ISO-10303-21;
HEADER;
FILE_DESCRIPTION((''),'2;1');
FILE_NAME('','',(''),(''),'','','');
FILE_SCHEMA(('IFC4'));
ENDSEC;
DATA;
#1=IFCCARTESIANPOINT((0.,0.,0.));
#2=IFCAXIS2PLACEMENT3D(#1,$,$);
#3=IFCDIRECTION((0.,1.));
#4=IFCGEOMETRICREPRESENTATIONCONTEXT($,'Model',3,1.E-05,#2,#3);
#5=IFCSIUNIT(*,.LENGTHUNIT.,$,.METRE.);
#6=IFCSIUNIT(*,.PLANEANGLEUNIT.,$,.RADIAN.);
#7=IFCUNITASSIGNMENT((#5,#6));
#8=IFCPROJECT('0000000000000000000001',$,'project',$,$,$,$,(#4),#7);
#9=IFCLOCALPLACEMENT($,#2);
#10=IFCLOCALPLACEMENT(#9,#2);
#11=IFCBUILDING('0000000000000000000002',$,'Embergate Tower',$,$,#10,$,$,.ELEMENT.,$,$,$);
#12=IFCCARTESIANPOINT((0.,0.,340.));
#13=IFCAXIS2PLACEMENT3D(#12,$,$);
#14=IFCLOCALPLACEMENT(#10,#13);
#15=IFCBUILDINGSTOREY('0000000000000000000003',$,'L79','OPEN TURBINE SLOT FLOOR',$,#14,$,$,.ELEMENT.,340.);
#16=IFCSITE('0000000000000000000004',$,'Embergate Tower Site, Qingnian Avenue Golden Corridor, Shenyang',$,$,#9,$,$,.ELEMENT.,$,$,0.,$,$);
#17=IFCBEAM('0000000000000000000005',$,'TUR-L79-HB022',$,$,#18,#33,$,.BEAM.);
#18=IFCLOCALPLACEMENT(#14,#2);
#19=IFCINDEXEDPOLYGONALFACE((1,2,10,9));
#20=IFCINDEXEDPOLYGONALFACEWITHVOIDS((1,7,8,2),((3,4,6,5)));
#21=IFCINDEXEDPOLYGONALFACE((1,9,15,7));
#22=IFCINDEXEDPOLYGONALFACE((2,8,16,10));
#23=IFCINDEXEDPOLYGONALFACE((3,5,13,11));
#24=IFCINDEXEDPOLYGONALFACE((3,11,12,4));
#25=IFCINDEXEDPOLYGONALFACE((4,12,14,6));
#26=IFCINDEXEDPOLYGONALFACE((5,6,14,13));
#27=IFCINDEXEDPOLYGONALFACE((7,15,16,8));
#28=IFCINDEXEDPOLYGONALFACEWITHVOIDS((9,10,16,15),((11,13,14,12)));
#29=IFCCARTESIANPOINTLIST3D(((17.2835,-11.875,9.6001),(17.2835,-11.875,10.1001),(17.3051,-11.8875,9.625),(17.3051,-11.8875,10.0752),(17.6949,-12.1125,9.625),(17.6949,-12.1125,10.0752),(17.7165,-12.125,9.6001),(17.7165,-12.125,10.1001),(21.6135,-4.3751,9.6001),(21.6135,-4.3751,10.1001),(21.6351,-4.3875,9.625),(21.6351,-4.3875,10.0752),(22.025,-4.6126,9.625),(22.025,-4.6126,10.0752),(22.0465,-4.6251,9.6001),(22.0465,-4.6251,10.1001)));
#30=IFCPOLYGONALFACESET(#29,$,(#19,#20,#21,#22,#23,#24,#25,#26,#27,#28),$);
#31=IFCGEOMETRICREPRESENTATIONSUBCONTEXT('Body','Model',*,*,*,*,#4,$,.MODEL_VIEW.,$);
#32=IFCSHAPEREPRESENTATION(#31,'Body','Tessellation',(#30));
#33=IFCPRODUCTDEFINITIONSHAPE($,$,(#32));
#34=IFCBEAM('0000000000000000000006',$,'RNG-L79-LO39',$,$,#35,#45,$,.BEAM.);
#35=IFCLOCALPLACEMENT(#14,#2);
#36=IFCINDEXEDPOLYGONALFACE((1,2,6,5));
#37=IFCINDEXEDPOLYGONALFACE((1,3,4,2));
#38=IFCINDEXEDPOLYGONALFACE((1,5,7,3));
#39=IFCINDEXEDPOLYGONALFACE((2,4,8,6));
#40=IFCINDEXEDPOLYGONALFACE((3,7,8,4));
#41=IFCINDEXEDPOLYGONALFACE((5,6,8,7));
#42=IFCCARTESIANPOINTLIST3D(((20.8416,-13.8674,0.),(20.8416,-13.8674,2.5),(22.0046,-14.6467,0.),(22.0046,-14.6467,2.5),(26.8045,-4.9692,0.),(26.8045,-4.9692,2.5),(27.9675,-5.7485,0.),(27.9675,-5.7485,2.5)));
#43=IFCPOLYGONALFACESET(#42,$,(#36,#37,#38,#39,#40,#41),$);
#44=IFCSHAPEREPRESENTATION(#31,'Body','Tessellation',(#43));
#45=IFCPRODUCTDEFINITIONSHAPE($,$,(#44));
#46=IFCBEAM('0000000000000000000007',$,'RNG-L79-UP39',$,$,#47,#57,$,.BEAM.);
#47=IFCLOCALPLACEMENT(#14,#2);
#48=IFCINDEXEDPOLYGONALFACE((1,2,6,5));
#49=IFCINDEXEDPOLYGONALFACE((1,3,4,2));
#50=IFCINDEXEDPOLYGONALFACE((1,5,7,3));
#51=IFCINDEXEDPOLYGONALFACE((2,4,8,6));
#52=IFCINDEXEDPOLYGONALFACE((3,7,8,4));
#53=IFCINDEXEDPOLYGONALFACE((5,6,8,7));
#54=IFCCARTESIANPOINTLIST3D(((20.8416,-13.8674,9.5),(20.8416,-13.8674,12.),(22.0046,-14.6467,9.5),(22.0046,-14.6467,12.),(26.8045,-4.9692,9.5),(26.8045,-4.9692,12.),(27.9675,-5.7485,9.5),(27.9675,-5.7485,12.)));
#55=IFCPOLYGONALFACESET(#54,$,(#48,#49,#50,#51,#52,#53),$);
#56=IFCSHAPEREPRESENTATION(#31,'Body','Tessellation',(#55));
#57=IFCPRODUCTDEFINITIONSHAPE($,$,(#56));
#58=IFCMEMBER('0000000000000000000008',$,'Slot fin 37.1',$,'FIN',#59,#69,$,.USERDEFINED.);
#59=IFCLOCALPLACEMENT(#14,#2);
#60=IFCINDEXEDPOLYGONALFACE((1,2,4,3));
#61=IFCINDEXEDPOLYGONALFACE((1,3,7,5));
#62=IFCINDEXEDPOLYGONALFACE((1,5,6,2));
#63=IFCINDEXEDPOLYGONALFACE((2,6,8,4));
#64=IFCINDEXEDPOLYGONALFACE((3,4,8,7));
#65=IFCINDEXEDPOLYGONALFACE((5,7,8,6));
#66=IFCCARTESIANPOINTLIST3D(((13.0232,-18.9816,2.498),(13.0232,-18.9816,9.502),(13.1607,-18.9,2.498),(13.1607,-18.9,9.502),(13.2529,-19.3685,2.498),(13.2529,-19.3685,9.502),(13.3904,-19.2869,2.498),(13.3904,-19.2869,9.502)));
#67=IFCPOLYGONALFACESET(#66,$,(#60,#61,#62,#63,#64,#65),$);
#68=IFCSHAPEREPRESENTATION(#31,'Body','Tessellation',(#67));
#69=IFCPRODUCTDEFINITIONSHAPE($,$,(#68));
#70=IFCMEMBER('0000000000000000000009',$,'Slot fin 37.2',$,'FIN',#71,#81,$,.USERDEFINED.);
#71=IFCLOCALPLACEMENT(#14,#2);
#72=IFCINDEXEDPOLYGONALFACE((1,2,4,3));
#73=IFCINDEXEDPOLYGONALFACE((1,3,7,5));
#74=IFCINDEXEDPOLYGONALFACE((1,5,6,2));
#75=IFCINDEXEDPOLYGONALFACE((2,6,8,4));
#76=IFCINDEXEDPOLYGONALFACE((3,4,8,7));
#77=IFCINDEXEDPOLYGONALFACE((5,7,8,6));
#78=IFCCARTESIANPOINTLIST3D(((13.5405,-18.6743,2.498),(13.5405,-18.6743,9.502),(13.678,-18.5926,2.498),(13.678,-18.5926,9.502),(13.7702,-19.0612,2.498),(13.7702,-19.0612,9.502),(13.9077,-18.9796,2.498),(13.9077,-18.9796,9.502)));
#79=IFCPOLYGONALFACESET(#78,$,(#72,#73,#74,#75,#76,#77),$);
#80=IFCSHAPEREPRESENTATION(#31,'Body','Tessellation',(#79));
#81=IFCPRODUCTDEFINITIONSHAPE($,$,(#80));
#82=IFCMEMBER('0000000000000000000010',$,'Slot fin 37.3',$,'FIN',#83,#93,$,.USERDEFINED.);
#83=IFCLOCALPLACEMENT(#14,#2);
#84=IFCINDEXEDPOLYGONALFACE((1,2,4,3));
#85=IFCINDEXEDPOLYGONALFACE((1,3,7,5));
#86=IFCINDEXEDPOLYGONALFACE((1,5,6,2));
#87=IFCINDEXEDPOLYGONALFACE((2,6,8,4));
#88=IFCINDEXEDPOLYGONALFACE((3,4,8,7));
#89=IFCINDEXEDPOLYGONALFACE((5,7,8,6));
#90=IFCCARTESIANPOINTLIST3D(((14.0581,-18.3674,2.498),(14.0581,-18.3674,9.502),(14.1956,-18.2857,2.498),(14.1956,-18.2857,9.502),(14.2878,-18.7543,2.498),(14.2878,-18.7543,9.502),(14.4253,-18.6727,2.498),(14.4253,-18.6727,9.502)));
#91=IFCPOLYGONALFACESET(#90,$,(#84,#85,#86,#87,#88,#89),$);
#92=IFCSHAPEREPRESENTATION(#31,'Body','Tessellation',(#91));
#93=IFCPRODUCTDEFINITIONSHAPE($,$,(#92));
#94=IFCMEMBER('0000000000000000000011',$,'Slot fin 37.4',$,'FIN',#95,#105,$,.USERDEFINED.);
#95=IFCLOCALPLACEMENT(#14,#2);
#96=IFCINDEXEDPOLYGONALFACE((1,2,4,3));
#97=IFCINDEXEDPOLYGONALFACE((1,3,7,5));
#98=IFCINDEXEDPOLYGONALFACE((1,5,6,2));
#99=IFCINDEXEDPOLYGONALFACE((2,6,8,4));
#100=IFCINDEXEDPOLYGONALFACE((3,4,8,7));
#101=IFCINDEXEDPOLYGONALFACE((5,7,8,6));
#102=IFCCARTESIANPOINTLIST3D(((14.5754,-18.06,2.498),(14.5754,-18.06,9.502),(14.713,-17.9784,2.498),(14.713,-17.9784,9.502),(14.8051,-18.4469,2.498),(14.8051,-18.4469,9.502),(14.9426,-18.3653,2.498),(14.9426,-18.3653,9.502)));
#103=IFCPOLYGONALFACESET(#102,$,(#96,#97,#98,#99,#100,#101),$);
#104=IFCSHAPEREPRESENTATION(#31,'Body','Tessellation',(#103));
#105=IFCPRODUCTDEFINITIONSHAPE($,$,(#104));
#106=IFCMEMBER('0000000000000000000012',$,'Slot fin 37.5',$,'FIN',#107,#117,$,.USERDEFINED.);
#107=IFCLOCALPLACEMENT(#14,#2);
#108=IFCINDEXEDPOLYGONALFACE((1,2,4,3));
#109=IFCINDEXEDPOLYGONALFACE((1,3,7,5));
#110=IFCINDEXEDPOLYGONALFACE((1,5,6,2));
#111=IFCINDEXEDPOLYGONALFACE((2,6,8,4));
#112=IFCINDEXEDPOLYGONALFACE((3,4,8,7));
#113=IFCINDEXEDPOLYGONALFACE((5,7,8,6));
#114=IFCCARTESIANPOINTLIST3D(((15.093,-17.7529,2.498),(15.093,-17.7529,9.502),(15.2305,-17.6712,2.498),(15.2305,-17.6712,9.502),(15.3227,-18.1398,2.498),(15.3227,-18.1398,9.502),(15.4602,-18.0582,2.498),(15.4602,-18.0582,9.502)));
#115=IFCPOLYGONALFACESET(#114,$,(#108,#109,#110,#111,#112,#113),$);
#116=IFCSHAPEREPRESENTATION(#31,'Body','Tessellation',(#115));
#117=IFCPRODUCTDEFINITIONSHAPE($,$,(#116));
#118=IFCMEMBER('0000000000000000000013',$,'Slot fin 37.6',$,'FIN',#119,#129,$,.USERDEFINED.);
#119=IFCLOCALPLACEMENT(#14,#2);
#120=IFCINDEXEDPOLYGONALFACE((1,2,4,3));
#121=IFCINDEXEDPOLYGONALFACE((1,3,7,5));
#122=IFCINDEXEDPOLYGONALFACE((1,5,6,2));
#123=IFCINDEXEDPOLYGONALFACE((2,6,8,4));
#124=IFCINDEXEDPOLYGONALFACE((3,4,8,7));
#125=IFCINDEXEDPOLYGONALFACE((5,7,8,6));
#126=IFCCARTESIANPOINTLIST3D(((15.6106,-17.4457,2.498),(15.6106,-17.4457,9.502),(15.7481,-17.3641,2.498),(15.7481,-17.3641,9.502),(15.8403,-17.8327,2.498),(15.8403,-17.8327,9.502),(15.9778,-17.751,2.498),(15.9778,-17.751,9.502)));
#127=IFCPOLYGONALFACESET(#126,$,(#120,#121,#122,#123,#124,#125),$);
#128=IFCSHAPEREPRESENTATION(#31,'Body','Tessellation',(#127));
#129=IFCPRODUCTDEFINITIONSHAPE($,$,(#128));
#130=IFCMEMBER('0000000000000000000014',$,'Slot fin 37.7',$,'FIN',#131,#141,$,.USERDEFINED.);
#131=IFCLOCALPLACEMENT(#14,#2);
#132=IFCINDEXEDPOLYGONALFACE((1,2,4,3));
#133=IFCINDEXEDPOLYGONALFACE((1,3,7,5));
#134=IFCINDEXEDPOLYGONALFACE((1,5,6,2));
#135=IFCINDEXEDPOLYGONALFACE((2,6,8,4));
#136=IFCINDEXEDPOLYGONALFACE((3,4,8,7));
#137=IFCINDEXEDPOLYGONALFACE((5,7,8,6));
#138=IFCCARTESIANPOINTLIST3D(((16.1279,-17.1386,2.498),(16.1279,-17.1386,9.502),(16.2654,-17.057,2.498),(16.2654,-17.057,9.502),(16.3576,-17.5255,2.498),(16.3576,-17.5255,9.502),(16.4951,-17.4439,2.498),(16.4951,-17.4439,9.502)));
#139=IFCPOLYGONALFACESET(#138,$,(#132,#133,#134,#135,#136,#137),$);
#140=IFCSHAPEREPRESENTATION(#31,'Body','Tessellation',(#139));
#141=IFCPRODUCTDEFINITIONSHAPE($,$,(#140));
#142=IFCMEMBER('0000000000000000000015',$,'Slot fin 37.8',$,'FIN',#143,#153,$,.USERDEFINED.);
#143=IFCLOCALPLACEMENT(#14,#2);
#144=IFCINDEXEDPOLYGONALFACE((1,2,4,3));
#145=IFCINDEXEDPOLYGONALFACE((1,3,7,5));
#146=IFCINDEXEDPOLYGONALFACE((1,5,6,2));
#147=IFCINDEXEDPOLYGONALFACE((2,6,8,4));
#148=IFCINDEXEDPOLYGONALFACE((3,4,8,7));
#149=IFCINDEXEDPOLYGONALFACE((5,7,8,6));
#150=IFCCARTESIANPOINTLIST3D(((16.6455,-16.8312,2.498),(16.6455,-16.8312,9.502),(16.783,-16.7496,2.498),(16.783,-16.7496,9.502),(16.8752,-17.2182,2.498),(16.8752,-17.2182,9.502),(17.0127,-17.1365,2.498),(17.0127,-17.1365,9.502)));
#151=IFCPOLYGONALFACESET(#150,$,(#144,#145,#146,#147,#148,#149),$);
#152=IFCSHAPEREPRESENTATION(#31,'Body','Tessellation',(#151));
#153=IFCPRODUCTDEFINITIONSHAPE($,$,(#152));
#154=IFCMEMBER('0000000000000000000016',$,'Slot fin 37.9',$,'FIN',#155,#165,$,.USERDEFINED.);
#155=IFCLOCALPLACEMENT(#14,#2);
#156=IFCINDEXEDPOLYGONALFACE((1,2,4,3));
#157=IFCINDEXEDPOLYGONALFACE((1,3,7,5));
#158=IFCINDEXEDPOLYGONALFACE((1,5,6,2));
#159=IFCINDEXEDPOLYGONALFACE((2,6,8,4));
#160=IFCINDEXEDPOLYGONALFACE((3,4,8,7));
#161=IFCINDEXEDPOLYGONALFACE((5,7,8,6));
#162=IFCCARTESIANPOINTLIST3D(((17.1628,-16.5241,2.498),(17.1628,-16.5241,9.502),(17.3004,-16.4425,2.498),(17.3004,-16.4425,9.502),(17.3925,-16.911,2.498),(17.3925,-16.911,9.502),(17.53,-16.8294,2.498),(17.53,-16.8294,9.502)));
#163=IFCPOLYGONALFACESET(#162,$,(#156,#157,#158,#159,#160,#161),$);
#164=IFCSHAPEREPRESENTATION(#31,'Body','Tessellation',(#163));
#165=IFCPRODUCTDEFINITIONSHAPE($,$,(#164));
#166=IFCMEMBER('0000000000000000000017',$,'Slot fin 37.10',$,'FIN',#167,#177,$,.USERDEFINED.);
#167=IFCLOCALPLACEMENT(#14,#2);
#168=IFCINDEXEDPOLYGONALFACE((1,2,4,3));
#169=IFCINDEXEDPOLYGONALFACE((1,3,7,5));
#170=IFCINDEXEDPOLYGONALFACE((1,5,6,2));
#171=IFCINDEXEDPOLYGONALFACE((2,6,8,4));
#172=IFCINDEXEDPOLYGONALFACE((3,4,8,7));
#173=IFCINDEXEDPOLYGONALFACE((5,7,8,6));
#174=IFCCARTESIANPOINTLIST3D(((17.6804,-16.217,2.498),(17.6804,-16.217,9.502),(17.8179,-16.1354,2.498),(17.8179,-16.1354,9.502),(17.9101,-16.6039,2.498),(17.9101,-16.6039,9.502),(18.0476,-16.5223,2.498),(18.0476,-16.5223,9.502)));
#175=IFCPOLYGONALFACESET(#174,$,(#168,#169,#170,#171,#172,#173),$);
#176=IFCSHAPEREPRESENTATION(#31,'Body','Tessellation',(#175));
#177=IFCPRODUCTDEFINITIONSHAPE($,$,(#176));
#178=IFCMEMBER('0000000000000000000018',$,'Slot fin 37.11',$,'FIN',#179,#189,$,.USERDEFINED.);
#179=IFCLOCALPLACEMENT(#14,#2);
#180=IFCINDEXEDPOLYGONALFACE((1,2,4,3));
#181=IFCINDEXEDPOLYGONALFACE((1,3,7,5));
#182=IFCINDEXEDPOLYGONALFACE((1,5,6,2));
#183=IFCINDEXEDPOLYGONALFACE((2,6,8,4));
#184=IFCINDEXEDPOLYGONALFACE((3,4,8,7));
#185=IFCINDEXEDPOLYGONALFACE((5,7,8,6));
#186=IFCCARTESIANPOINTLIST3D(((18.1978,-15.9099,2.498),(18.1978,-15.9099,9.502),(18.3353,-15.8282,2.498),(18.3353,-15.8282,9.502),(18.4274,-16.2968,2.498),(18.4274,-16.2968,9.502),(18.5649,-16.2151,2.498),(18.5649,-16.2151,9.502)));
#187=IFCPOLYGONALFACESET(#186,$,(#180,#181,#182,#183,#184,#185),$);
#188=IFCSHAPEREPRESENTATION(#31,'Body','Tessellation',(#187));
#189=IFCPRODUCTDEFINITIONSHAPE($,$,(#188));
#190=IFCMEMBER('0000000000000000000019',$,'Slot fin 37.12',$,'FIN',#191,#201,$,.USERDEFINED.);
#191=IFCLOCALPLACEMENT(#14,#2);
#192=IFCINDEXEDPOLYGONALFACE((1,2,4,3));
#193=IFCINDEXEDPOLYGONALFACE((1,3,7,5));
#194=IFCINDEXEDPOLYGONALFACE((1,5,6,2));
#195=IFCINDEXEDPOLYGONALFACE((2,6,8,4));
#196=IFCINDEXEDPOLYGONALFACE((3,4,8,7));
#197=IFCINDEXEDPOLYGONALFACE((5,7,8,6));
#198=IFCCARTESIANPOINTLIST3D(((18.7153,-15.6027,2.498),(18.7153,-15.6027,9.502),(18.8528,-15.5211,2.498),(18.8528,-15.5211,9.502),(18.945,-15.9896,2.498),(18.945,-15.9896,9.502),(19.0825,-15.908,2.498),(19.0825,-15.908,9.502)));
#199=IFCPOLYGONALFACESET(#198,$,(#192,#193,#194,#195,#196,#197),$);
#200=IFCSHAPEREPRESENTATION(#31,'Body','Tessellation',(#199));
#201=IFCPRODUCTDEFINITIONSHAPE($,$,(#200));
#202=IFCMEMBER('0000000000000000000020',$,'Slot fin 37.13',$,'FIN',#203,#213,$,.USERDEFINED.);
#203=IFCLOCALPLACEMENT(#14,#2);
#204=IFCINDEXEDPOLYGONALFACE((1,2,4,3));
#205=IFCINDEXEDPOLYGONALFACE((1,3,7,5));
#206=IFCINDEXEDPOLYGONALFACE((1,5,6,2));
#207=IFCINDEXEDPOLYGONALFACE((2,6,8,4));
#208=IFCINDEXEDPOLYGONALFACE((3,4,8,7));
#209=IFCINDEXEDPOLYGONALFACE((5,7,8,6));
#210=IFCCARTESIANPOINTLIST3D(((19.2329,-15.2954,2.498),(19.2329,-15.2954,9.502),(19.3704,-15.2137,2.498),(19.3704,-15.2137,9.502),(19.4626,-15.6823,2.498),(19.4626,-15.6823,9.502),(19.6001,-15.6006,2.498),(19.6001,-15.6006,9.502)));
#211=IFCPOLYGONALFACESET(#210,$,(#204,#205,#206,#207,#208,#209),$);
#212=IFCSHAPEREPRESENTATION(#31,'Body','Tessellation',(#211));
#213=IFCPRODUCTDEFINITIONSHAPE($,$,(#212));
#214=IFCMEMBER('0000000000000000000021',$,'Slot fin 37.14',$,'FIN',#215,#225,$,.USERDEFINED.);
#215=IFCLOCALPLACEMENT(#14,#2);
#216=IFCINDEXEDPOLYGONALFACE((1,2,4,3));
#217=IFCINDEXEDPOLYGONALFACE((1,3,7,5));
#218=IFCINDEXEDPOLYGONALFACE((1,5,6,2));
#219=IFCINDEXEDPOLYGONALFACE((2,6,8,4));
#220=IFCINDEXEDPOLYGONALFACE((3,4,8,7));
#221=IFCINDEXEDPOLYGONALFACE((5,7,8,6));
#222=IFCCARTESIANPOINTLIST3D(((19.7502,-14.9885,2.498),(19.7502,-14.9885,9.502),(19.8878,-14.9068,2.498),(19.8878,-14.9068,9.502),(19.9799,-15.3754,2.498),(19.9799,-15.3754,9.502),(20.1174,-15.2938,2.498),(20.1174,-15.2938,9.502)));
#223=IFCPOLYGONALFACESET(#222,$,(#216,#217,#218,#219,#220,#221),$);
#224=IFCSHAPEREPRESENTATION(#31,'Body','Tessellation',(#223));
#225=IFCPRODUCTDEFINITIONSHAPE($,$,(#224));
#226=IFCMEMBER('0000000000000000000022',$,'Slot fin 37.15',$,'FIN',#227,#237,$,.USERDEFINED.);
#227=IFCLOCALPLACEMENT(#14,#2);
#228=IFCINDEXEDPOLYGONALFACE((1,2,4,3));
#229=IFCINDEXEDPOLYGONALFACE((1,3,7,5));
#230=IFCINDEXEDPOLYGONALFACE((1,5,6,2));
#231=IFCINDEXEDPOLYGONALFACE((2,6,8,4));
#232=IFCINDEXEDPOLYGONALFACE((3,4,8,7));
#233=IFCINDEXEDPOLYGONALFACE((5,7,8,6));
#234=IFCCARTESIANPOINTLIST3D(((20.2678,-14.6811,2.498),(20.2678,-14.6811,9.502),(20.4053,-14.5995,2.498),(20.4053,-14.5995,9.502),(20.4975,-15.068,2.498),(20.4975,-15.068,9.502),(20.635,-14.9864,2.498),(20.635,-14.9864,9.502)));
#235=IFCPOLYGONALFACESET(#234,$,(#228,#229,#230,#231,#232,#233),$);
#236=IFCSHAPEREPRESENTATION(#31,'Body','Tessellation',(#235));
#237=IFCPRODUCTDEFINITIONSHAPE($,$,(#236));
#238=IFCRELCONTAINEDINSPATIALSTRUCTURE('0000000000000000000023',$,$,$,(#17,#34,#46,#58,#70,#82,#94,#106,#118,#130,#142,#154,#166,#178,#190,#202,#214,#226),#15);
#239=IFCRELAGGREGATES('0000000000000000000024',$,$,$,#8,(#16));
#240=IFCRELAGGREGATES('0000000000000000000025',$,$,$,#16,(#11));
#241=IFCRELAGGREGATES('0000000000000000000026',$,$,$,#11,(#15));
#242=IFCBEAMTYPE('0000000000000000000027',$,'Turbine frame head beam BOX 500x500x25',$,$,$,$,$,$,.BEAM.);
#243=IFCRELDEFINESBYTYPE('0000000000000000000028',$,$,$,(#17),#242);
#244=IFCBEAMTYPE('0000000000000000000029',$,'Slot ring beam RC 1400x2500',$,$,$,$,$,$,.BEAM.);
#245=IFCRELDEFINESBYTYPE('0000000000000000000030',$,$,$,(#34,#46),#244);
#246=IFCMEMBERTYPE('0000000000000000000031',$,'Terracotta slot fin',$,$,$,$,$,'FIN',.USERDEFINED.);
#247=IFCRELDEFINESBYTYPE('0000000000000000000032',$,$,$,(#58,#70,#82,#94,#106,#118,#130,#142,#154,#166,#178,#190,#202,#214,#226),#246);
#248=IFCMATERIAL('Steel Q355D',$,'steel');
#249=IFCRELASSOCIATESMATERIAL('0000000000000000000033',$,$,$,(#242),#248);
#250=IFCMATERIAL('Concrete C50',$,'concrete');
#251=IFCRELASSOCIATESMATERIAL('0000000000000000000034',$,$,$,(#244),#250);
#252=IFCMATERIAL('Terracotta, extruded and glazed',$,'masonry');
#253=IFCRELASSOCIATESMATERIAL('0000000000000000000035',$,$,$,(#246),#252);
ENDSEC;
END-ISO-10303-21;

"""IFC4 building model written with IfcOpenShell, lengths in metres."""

from ifc_helpers import new_model, si_unit, direction, frame, origin, origin_2d, place, context, subcontext, project, spatial, rectangle, hollow_rectangle, extrude, source, transform, mapped, material, material_profile, profile_set, type_object, element, save


model = new_model("IFC4")

# Units and contexts
model_context = context("Model", 3, precision=1e-05, world=origin(), true_north=direction((0.0, 1.0)))
body_context = subcontext(model_context, "Body", "Model", "MODEL_VIEW")
ifc_project = project(units=[si_unit("LENGTHUNIT", "METRE"), si_unit("PLANEANGLEUNIT", "RADIAN")], contexts=[model_context])

# Site, building, storey
site_placement = place(None, origin())
site = spatial("IfcSite", under=ifc_project, at=site_placement, Name="Embergate Tower Site, Qingnian Avenue Golden Corridor, Shenyang", CompositionType="ELEMENT", RefElevation=0.0)
building_placement = place(site_placement, origin())
building = spatial("IfcBuilding", under=site, at=building_placement, Name="Embergate Tower", CompositionType="ELEMENT")
storey_placement = place(building_placement, frame((0.0, 0.0, 340.0)))
storey = spatial("IfcBuildingStorey", under=building, at=storey_placement, Name="L79", Description="OPEN TURBINE SLOT FLOOR", CompositionType="ELEMENT", Elevation=340.0)

# Shared definitions
ifc_material_1 = material(Name="Concrete C50", Category="concrete")

# Shared definitions
ifc_material_2 = material(Name="Steel Q355D", Category="steel")

# Beams
ifc_material_profile_1 = material_profile(ifc_material_2, hollow_rectangle(XDim=0.5, YDim=0.5, WallThickness=0.0249, at=origin_2d()), Name="BOX 500x500x25")
ifc_profile_set_1 = profile_set([ifc_material_profile_1], Name="Steel Q355 grade D")
beam_type_1 = type_object("IfcBeamType", Name="Turbine frame head beam BOX 500x500x25", PredefinedType="BEAM", material=ifc_profile_set_1)
shared_shape_1 = source(origin(), body_context, "Body", "SweptSolid", [
    extrude(hollow_rectangle(XDim=0.5, YDim=0.5, WallThickness=0.0249, at=origin_2d()), origin(), (0.0, 0.0, 1.0), 8.6602),
])
beam_1_placement = place(storey_placement, frame((17.5, -12.0, 9.8501), z_axis=(0.499996, 0.866028, 0.0), x_axis=(-0.866028, 0.499996, 0.0)))
element("IfcBeam", 1, at=beam_1_placement, inside=storey, type_object=beam_type_1, Name="TUR-L79-HB022", PredefinedType="BEAM", context=body_context, shape_type="MappedRepresentation", body=[
    mapped(shared_shape_1, transform((0.0, 0.0, 0.0))),
])
ifc_material_profile_2 = material_profile(ifc_material_1, rectangle(XDim=1.3999, YDim=2.5, at=origin_2d()), Name="RC 1400x2500")
ifc_profile_set_2 = profile_set([ifc_material_profile_2], Name="Concrete C50")
beam_type_2 = type_object("IfcBeamType", Name="Slot ring beam RC 1400x2500", PredefinedType="BEAM", material=ifc_profile_set_2)
shared_shape_2 = source(origin(), body_context, "Body", "SweptSolid", [
    extrude(rectangle(XDim=1.3999, YDim=2.5, at=origin_2d()), origin(), (0.0, 0.0, 1.0), 10.7114),
])
for number, where, z_axis, x_axis, name in (
    (2, (21.4231, -14.2571, 1.25), (0.556687, 0.830722, 0.0), (-0.830722, 0.556687, 0.0), "RNG-L79-LO39"),
    (3, (21.4231, -14.2571, 10.75), (0.556687, 0.830722, 0.0), (-0.830722, 0.556687, 0.0), "RNG-L79-UP39"),
):
    element("IfcBeam", number, at=place(storey_placement, frame(where, z_axis=z_axis, x_axis=x_axis)), inside=storey, type_object=beam_type_2, Name=name, PredefinedType="BEAM", context=body_context, shape_type="MappedRepresentation", body=[
        mapped(shared_shape_2, transform((0.0, 0.0, 0.0))),
    ])

# Members
ifc_material_3 = material(Name="Terracotta, extruded and glazed", Category="masonry")
ifc_material_profile_3 = material_profile(ifc_material_3, rectangle(XDim=0.45, YDim=0.1599, at=origin_2d()), Name="TC 450x160")
ifc_profile_set_3 = profile_set([ifc_material_profile_3], Name="Terracotta, extruded and glazed")
member_type_1 = type_object("IfcMemberType", Name="Terracotta slot fin", ElementType="FIN", PredefinedType="USERDEFINED", material=ifc_profile_set_3)
shared_shape_3 = source(origin(), body_context, "Body", "SweptSolid", [
    extrude(rectangle(XDim=0.45, YDim=0.1599, at=origin_2d()), origin(), (0.0, 0.0, 1.0), 7.0039),
])
for number, where, z_axis, x_axis, name in (
    (4, (13.2068, -19.1343, 2.498), (0.0, 0.0, 1.0), (-0.510444, 0.859911, 0.0), "Slot fin 37.1"),
    (5, (13.7241, -18.8269, 2.498), (0.0, 0.0, 1.0), (-0.510444, 0.859911, 0.0), "Slot fin 37.2"),
    (6, (14.2417, -18.52, 2.498), (0.0, 0.0, 1.0), (-0.510444, 0.859911, 0.0), "Slot fin 37.3"),
    (7, (14.759, -18.2126, 2.498), (0.0, 0.0, 1.0), (-0.510444, 0.859911, 0.0), "Slot fin 37.4"),
    (8, (15.2766, -17.9055, 2.498), (0.0, 0.0, 1.0), (-0.510444, 0.859911, 0.0), "Slot fin 37.5"),
    (9, (15.7942, -17.5984, 2.498), (0.0, 0.0, 1.0), (-0.510444, 0.859911, 0.0), "Slot fin 37.6"),
    (10, (16.3115, -17.2913, 2.498), (0.0, 0.0, 1.0), (-0.510444, 0.859911, 0.0), "Slot fin 37.7"),
    (11, (16.8291, -16.9839, 2.498), (0.0, 0.0, 1.0), (-0.510444, 0.859911, 0.0), "Slot fin 37.8"),
    (12, (17.3464, -16.6768, 2.498), (0.0, 0.0, 1.0), (-0.510444, 0.859911, 0.0), "Slot fin 37.9"),
    (13, (17.864, -16.3696, 2.498), (0.0, 0.0, 1.0), (-0.510444, 0.859911, 0.0), "Slot fin 37.10"),
    (14, (18.3813, -16.0625, 2.498), (0.0, 0.0, 1.0), (-0.510444, 0.859911, 0.0), "Slot fin 37.11"),
    (15, (18.8989, -15.7554, 2.498), (0.0, 0.0, 1.0), (-0.510444, 0.859911, 0.0), "Slot fin 37.12"),
    (16, (19.4165, -15.448, 2.498), (0.0, 0.0, 1.0), (-0.510444, 0.859911, 0.0), "Slot fin 37.13"),
    (17, (19.9338, -15.1411, 2.498), (0.0, 0.0, 1.0), (-0.510444, 0.859911, 0.0), "Slot fin 37.14"),
    (18, (20.4514, -14.8337, 2.498), (0.0, 0.0, 1.0), (-0.510444, 0.859911, 0.0), "Slot fin 37.15"),
):
    element("IfcMember", number, at=place(storey_placement, frame(where, z_axis=z_axis, x_axis=x_axis)), inside=storey, type_object=member_type_1, Name=name, ObjectType="FIN", PredefinedType="USERDEFINED", context=body_context, shape_type="MappedRepresentation", body=[
        mapped(shared_shape_3, transform((0.0, 0.0, 0.0))),
    ])

save(model, "model.ifc")
